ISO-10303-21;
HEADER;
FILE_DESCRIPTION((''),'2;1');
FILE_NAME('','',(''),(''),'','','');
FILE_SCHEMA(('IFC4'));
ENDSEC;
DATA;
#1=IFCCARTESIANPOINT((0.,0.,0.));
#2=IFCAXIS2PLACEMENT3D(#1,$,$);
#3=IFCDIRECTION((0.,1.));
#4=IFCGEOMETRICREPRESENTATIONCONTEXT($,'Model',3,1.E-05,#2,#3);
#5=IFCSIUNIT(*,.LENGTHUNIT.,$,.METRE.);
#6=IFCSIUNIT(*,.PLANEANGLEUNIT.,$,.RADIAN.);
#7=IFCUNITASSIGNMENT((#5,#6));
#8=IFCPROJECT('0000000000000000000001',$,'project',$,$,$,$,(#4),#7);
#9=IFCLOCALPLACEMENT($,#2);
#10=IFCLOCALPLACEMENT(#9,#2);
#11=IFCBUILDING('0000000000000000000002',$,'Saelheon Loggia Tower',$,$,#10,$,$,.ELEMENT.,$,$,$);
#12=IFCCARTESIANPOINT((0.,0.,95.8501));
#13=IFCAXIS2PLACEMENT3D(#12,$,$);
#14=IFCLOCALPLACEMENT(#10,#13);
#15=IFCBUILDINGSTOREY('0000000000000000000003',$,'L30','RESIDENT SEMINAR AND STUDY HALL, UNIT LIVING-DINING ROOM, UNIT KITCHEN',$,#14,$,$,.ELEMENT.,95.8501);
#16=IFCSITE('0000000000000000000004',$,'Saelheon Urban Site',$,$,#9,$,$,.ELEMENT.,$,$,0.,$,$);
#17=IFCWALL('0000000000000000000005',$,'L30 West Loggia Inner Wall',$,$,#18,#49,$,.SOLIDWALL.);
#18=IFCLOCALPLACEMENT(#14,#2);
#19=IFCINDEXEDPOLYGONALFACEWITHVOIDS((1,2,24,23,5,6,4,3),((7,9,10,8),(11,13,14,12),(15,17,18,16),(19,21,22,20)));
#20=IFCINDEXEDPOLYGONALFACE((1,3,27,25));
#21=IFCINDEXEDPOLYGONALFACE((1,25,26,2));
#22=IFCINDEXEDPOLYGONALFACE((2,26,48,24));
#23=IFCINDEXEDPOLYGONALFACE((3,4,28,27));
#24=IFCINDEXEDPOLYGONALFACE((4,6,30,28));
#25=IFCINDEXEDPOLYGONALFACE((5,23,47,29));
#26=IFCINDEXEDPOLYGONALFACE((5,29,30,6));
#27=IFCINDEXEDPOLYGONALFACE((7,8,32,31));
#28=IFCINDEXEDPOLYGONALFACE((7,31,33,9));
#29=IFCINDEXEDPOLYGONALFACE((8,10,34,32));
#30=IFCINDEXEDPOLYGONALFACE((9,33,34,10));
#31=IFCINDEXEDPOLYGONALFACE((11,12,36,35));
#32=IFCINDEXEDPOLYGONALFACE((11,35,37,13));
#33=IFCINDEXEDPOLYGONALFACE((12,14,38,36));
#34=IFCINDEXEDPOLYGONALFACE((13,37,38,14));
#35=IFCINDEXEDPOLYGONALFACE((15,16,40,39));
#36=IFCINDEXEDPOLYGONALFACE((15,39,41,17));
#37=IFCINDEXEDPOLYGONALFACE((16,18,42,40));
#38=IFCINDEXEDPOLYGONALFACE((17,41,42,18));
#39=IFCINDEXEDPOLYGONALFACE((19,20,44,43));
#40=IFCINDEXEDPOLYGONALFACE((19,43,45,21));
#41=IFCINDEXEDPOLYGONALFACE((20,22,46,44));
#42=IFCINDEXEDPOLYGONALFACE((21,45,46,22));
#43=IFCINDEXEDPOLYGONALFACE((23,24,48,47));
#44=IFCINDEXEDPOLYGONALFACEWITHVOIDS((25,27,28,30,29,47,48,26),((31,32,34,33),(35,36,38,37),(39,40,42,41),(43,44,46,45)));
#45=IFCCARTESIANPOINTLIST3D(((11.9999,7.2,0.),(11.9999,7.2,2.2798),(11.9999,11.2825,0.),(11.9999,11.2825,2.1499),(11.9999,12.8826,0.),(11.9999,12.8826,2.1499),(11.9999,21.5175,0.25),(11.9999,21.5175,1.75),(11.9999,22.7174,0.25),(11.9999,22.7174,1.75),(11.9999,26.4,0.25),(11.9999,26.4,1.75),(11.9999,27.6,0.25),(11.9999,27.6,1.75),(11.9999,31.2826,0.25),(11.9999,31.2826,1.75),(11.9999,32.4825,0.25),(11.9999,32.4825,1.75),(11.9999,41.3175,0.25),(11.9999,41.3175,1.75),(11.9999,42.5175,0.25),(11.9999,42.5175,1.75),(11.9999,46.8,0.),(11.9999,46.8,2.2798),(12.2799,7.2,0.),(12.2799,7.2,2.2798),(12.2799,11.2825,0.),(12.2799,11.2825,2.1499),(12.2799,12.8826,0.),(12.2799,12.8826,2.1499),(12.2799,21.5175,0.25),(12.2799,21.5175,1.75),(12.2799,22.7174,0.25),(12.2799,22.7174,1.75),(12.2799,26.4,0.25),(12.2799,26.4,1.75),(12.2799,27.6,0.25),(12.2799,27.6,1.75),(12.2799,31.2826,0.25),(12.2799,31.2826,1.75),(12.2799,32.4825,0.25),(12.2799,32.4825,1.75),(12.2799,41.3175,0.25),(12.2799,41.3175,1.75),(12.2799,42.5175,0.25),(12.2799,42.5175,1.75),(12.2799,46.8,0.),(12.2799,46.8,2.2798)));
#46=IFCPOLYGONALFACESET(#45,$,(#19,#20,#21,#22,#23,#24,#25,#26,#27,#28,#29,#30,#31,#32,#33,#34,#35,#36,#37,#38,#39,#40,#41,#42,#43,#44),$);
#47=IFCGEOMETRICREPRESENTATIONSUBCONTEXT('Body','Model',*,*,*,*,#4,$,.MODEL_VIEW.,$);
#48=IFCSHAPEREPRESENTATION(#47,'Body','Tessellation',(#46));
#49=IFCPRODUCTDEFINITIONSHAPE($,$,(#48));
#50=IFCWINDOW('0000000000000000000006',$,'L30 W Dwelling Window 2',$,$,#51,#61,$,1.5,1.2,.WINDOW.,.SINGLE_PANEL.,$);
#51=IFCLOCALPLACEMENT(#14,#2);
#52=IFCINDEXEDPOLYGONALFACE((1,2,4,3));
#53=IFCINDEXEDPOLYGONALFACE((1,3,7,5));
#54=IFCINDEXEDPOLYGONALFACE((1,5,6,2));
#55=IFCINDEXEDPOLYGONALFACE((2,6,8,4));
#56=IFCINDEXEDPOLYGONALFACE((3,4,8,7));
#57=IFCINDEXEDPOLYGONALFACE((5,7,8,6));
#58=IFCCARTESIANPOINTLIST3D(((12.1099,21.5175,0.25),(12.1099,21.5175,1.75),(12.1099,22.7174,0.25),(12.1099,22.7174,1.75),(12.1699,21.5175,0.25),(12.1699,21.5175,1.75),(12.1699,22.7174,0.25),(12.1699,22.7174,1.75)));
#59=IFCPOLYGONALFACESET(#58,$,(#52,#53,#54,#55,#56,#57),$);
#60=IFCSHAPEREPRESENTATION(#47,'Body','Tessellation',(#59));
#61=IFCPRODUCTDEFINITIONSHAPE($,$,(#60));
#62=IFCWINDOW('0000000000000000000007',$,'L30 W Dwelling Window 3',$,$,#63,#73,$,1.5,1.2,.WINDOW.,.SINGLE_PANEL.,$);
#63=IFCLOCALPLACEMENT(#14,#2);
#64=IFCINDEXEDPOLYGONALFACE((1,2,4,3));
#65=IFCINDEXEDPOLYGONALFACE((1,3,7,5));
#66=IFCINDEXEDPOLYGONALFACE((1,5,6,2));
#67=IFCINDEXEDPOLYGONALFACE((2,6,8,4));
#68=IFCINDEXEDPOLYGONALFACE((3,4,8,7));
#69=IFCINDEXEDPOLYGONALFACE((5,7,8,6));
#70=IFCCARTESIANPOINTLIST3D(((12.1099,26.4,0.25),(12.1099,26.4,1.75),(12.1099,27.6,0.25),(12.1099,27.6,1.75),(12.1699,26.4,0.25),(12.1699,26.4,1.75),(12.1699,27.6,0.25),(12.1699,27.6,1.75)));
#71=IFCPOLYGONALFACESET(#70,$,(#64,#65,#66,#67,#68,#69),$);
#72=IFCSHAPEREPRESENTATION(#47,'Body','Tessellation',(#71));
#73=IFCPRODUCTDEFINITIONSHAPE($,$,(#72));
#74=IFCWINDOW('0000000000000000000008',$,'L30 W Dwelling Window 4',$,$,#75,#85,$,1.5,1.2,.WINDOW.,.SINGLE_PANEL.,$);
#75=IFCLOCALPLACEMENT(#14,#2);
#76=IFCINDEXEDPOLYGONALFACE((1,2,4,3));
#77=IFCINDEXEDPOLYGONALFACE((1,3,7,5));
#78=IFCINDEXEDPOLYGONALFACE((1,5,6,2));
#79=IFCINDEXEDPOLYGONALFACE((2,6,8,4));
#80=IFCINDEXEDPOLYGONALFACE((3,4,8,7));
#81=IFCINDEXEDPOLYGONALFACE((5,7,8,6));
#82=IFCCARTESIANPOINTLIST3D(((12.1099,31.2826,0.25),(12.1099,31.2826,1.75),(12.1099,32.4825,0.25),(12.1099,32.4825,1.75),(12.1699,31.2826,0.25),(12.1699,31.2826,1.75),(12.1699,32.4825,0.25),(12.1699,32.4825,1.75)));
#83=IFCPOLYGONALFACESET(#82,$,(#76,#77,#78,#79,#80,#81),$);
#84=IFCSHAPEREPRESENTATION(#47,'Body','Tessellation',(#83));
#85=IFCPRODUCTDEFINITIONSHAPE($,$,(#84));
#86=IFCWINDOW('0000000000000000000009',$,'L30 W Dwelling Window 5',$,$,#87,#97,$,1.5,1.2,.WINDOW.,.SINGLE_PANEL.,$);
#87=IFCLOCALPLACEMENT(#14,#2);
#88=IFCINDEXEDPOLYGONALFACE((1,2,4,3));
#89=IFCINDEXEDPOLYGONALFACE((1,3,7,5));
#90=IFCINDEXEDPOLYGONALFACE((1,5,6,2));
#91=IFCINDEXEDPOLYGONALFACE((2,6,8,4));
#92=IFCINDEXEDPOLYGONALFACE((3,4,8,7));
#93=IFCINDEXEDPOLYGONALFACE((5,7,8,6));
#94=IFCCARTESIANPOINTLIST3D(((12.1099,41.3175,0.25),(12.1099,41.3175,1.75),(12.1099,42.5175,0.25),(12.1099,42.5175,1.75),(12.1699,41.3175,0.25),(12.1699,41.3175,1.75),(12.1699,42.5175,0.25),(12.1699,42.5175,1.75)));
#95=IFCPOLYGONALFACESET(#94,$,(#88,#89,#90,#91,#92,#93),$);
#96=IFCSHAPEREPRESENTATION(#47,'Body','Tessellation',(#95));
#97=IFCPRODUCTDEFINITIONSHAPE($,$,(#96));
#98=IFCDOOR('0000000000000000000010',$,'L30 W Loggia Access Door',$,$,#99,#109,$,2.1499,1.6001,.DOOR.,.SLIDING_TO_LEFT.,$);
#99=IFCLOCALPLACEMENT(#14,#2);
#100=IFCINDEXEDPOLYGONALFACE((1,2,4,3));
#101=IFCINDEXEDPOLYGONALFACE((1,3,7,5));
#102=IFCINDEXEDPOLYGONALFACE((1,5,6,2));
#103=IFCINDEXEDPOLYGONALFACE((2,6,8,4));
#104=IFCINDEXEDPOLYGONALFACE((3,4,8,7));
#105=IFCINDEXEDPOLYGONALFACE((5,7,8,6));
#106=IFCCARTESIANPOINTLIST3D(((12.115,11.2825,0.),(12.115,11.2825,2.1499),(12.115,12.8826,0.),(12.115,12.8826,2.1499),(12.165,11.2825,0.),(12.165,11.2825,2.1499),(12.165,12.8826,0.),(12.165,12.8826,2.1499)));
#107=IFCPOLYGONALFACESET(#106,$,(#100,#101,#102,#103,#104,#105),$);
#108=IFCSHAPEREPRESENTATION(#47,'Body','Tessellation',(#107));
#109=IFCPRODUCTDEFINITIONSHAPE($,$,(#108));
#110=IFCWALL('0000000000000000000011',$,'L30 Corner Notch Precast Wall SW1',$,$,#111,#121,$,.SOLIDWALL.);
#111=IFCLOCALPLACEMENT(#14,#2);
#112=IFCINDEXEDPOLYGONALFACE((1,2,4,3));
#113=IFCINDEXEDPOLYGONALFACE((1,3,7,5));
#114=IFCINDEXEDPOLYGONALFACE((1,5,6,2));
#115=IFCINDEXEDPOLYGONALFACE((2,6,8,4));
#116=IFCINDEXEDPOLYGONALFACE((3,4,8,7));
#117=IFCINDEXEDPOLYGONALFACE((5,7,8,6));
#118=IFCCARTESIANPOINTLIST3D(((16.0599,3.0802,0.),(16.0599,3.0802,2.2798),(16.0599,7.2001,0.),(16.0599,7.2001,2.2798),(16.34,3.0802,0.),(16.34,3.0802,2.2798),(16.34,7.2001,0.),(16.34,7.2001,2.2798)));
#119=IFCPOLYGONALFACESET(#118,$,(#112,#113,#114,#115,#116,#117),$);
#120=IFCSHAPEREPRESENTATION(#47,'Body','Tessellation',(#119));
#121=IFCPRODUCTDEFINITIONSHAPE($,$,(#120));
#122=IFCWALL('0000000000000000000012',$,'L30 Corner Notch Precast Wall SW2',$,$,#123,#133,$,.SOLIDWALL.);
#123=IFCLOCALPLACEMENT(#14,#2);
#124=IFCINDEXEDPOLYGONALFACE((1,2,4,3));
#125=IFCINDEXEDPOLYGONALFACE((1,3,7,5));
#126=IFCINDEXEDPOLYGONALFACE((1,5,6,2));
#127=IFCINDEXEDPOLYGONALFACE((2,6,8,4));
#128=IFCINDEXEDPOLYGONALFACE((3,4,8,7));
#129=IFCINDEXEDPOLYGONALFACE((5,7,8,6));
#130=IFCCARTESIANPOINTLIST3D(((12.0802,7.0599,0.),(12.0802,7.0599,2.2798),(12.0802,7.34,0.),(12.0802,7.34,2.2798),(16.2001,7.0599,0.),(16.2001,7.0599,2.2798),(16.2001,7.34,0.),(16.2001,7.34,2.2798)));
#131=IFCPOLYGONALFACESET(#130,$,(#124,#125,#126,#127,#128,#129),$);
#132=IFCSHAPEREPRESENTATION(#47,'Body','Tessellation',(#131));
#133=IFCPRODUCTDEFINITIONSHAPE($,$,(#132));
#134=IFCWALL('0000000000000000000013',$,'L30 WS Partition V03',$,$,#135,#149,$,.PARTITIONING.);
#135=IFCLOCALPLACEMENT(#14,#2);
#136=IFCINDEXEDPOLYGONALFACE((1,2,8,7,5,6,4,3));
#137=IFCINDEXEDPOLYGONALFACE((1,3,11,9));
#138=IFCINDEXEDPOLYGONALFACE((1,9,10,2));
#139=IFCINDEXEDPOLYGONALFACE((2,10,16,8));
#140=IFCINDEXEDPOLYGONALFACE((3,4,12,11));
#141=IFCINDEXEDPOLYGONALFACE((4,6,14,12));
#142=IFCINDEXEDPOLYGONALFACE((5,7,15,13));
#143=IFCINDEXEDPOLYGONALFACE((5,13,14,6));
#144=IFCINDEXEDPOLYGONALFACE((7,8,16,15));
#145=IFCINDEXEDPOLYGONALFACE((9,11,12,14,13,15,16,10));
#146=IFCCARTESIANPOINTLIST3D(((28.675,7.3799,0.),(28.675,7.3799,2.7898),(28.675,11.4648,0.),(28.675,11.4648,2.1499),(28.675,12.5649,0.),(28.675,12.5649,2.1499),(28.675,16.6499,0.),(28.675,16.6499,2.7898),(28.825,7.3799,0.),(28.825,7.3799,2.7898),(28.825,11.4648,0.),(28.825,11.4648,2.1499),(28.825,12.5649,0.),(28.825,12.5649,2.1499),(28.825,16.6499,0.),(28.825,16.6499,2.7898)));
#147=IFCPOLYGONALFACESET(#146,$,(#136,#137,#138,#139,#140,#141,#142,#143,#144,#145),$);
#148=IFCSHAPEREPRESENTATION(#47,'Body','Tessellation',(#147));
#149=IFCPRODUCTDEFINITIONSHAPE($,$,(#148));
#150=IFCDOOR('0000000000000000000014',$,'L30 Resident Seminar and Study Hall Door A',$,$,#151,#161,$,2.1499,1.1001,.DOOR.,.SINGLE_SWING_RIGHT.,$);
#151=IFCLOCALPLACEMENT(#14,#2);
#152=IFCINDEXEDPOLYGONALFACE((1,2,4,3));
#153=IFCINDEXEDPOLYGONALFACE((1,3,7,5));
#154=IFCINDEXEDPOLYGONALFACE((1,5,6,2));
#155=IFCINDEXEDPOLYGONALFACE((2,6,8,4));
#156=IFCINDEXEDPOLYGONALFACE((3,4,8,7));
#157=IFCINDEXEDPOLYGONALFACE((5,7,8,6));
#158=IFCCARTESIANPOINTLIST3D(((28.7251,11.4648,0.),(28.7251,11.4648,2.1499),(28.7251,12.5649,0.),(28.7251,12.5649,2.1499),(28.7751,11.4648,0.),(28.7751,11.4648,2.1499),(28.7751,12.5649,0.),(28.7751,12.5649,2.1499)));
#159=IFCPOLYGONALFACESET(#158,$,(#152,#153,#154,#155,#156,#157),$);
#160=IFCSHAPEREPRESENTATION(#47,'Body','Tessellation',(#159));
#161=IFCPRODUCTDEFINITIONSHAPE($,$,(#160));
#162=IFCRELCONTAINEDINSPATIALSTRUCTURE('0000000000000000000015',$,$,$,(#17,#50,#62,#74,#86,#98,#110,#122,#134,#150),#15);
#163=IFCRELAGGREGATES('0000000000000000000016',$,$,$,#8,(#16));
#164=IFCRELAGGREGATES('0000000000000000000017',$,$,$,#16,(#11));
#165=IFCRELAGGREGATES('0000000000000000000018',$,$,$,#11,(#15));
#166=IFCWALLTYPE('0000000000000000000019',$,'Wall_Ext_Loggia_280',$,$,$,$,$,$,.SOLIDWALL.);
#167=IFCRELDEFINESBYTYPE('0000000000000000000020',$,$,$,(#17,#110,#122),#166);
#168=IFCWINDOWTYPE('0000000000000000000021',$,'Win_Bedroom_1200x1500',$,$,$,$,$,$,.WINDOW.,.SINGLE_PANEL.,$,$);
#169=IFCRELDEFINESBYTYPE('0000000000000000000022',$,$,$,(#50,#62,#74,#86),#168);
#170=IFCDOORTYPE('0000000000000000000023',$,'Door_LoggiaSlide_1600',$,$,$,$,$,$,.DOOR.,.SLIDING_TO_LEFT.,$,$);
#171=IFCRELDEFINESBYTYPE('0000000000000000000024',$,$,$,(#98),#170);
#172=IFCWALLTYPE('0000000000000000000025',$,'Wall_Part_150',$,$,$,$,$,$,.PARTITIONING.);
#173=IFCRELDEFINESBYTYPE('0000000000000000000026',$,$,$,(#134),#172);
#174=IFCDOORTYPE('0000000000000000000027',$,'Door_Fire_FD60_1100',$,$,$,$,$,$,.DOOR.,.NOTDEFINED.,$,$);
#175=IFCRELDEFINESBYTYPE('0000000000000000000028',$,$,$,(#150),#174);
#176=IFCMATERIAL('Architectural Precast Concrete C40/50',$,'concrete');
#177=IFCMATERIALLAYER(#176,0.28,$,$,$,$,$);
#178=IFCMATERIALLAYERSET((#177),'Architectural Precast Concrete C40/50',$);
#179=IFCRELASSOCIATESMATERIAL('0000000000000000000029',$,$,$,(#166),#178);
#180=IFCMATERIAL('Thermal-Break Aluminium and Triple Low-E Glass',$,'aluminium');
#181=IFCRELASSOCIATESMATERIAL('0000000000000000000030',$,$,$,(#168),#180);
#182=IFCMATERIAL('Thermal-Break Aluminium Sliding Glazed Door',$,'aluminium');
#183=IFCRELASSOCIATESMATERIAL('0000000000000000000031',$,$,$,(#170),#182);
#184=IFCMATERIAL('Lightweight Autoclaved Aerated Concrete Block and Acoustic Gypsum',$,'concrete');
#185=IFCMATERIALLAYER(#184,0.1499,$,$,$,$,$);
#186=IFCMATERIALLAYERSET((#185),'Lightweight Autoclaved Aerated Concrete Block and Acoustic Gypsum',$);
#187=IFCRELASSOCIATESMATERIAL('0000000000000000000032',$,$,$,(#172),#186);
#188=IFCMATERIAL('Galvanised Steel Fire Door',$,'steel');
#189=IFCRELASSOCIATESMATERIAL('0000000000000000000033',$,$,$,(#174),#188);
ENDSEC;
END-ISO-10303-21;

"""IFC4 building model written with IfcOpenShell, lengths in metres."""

from ifc_helpers import new_model, si_unit, direction, frame, frame_2d, origin, place, context, subcontext, project, spatial, rectangle, extrude, source, transform, mapped, material, layer, layer_set, type_object, element, fill, save


model = new_model("IFC4")

# Units and contexts
model_context = context("Model", 3, precision=1e-05, world=origin(), true_north=direction((0.0, 1.0)))
body_context = subcontext(model_context, "Body", "Model", "MODEL_VIEW")
ifc_project = project(units=[si_unit("LENGTHUNIT", "METRE"), si_unit("PLANEANGLEUNIT", "RADIAN")], contexts=[model_context])

# Site, building, storey
site_placement = place(None, origin())
site = spatial("IfcSite", under=ifc_project, at=site_placement, Name="Saelheon Urban Site", CompositionType="ELEMENT", RefElevation=0.0)
building_placement = place(site_placement, origin())
building = spatial("IfcBuilding", under=site, at=building_placement, Name="Saelheon Loggia Tower", CompositionType="ELEMENT")
storey_placement = place(building_placement, frame((0.0, 0.0, 95.8501)))
storey = spatial("IfcBuildingStorey", under=building, at=storey_placement, Name="L30", Description="RESIDENT SEMINAR AND STUDY HALL, UNIT LIVING-DINING ROOM, UNIT KITCHEN", CompositionType="ELEMENT", Elevation=95.8501)

# Wall, openings, windows, door
ifc_material_1 = material(Name="Architectural Precast Concrete C40/50", Category="concrete")
ifc_layer_1 = layer(ifc_material_1, 0.28)
ifc_layer_set_1 = layer_set([ifc_layer_1], Name="Architectural Precast Concrete C40/50")
wall_type_1 = type_object("IfcWallType", Name="Wall_Ext_Loggia_280", PredefinedType="SOLIDWALL", material=ifc_layer_set_1)
ifc_material_2 = material(Name="Thermal-Break Aluminium and Triple Low-E Glass", Category="aluminium")
window_type = type_object("IfcWindowType", Name="Win_Bedroom_1200x1500", PartitioningType="SINGLE_PANEL", PredefinedType="WINDOW", material=ifc_material_2)
shared_shape_1 = source(origin(), body_context, "Body", "SweptSolid", [
    extrude(rectangle(XDim=1.2, YDim=1.5, at=frame_2d((0.6001, 0.75))), frame((0.0, 0.03, 0.0), z_axis=(0.0, -1.0, 0.0), x_axis=(1.0, 0.0, 0.0)), (0.0, 0.0, 1.0), 0.0601),
])
shared_shape_2 = source(origin(), body_context, "Body", "SweptSolid", [
    extrude(rectangle(XDim=1.1001, YDim=2.1499, at=frame_2d((0.55, 1.075))), frame((0.0, 0.0249, 0.0), z_axis=(0.0, -1.0, 0.0), x_axis=(1.0, 0.0, 0.0)), (0.0, 0.0, 1.0), 0.05),
])
wall_1_placement = place(storey_placement, frame((12.1399, 7.2, 0.0), z_axis=(0.0, 0.0, 1.0), x_axis=(0.0, 1.0, 0.0)))
wall_1 = element("IfcWall", 1, at=wall_1_placement, inside=storey, type_object=wall_type_1, Name="L30 West Loggia Inner Wall", PredefinedType="SOLIDWALL", context=body_context, shape_type="SweptSolid", body=[
    extrude(rectangle(XDim=39.6001, YDim=0.28, at=frame_2d((19.8, 0.0))), origin(), (0.0, 0.0, 1.0), 2.2798),
])
opening_1_placement = place(wall_1_placement, frame((4.0825, 0.0, 0.0)))
opening_1 = element("IfcOpeningElement", 2, at=opening_1_placement, cuts=wall_1, PredefinedType="OPENING", context=body_context, shape_type="SweptSolid", body=[
    extrude(rectangle(XDim=1.6001, YDim=2.1499, at=frame_2d((0.8, 1.075))), frame((0.0, 0.1521, 0.0), z_axis=(0.0, -1.0, 0.0), x_axis=(1.0, 0.0, 0.0)), (0.0, 0.0, 1.0), 0.304),
])
opening_2_placement = place(wall_1_placement, frame((14.3174, 0.0, 0.25)))
opening_2 = element("IfcOpeningElement", 3, at=opening_2_placement, cuts=wall_1, PredefinedType="OPENING", context=body_context, shape_type="SweptSolid", body=[
    extrude(rectangle(XDim=1.2, YDim=1.5, at=frame_2d((0.6001, 0.75))), frame((0.0, 0.1521, 0.0), z_axis=(0.0, -1.0, 0.0), x_axis=(1.0, 0.0, 0.0)), (0.0, 0.0, 1.0), 0.304),
])
opening_3_placement = place(wall_1_placement, frame((19.2, 0.0, 0.25)))
opening_3 = element("IfcOpeningElement", 4, at=opening_3_placement, cuts=wall_1, PredefinedType="OPENING", context=body_context, shape_type="SweptSolid", body=[
    extrude(rectangle(XDim=1.2, YDim=1.5, at=frame_2d((0.6001, 0.75))), frame((0.0, 0.1521, 0.0), z_axis=(0.0, -1.0, 0.0), x_axis=(1.0, 0.0, 0.0)), (0.0, 0.0, 1.0), 0.304),
])
opening_4_placement = place(wall_1_placement, frame((24.0825, 0.0, 0.25)))
opening_4 = element("IfcOpeningElement", 5, at=opening_4_placement, cuts=wall_1, PredefinedType="OPENING", context=body_context, shape_type="SweptSolid", body=[
    extrude(rectangle(XDim=1.2, YDim=1.5, at=frame_2d((0.6001, 0.75))), frame((0.0, 0.1521, 0.0), z_axis=(0.0, -1.0, 0.0), x_axis=(1.0, 0.0, 0.0)), (0.0, 0.0, 1.0), 0.304),
])
opening_5_placement = place(wall_1_placement, frame((34.1174, 0.0, 0.25)))
opening_5 = element("IfcOpeningElement", 6, at=opening_5_placement, cuts=wall_1, PredefinedType="OPENING", context=body_context, shape_type="SweptSolid", body=[
    extrude(rectangle(XDim=1.2, YDim=1.5, at=frame_2d((0.6001, 0.75))), frame((0.0, 0.1521, 0.0), z_axis=(0.0, -1.0, 0.0), x_axis=(1.0, 0.0, 0.0)), (0.0, 0.0, 1.0), 0.304),
])
window_1_placement = place(opening_2_placement, origin())
window_1 = element("IfcWindow", 7, at=window_1_placement, inside=storey, type_object=window_type, Name="L30 W Dwelling Window 2", OverallHeight=1.5, OverallWidth=1.2, PartitioningType="SINGLE_PANEL", PredefinedType="WINDOW", context=body_context, shape_type="MappedRepresentation", body=[
    mapped(shared_shape_1, transform((0.0, 0.0, 0.0), scale=1.0)),
])
fill(opening_2, window_1)
window_2_placement = place(opening_3_placement, origin())
window_2 = element("IfcWindow", 8, at=window_2_placement, inside=storey, type_object=window_type, Name="L30 W Dwelling Window 3", OverallHeight=1.5, OverallWidth=1.2, PartitioningType="SINGLE_PANEL", PredefinedType="WINDOW", context=body_context, shape_type="MappedRepresentation", body=[
    mapped(shared_shape_1, transform((0.0, 0.0, 0.0), scale=1.0)),
])
fill(opening_3, window_2)
window_3_placement = place(opening_4_placement, origin())
window_3 = element("IfcWindow", 9, at=window_3_placement, inside=storey, type_object=window_type, Name="L30 W Dwelling Window 4", OverallHeight=1.5, OverallWidth=1.2, PartitioningType="SINGLE_PANEL", PredefinedType="WINDOW", context=body_context, shape_type="MappedRepresentation", body=[
    mapped(shared_shape_1, transform((0.0, 0.0, 0.0), scale=1.0)),
])
fill(opening_4, window_3)
window_4_placement = place(opening_5_placement, origin())
window_4 = element("IfcWindow", 10, at=window_4_placement, inside=storey, type_object=window_type, Name="L30 W Dwelling Window 5", OverallHeight=1.5, OverallWidth=1.2, PartitioningType="SINGLE_PANEL", PredefinedType="WINDOW", context=body_context, shape_type="MappedRepresentation", body=[
    mapped(shared_shape_1, transform((0.0, 0.0, 0.0), scale=1.0)),
])
fill(opening_5, window_4)
ifc_material_3 = material(Name="Thermal-Break Aluminium Sliding Glazed Door", Category="aluminium")
door_type_1 = type_object("IfcDoorType", Name="Door_LoggiaSlide_1600", OperationType="SLIDING_TO_LEFT", PredefinedType="DOOR", material=ifc_material_3)
shared_shape_3 = source(origin(), body_context, "Body", "SweptSolid", [
    extrude(rectangle(XDim=1.6001, YDim=2.1499, at=frame_2d((0.8, 1.075))), frame((0.0, 0.0249, 0.0), z_axis=(0.0, -1.0, 0.0), x_axis=(1.0, 0.0, 0.0)), (0.0, 0.0, 1.0), 0.05),
])
door_1_placement = place(opening_1_placement, origin())
door_1 = element("IfcDoor", 11, at=door_1_placement, inside=storey, type_object=door_type_1, Name="L30 W Loggia Access Door", OperationType="SLIDING_TO_LEFT", OverallHeight=2.1499, OverallWidth=1.6001, PredefinedType="DOOR", context=body_context, shape_type="MappedRepresentation", body=[
    mapped(shared_shape_3, transform((0.0, 0.0, 0.0), scale=1.0)),
])
fill(opening_1, door_1)

# Walls
for number, where, z_axis, x_axis, name in (
    (12, (16.2, 3.0801, 0.0), (0.0, 0.0, 1.0), (0.0, 1.0, 0.0), "L30 Corner Notch Precast Wall SW1"),
    (13, (12.0801, 7.2, 0.0), (0.0, 0.0, 1.0), (1.0, 0.0, 0.0), "L30 Corner Notch Precast Wall SW2"),
):
    element("IfcWall", number, at=place(storey_placement, frame(where, z_axis=z_axis, x_axis=x_axis)), inside=storey, type_object=wall_type_1, Name=name, PredefinedType="SOLIDWALL", context=body_context, shape_type="SweptSolid", body=[
        extrude(rectangle(XDim=4.1199, YDim=0.28, at=frame_2d((2.0601, 0.0))), origin(), (0.0, 0.0, 1.0), 2.2798),
    ])

# Wall, opening, door
ifc_material_4 = material(Name="Lightweight Autoclaved Aerated Concrete Block and Acoustic Gypsum", Category="concrete")
ifc_layer_2 = layer(ifc_material_4, 0.1499)
ifc_layer_set_2 = layer_set([ifc_layer_2], Name="Lightweight Autoclaved Aerated Concrete Block and Acoustic Gypsum")
wall_type_2 = type_object("IfcWallType", Name="Wall_Part_150", PredefinedType="PARTITIONING", material=ifc_layer_set_2)
wall_2_placement = place(storey_placement, frame((28.75, 7.3799, 0.0), z_axis=(0.0, 0.0, 1.0), x_axis=(0.0, 1.0, 0.0)))
wall_2 = element("IfcWall", 14, at=wall_2_placement, inside=storey, type_object=wall_type_2, Name="L30 WS Partition V03", PredefinedType="PARTITIONING", context=body_context, shape_type="SweptSolid", body=[
    extrude(rectangle(XDim=9.27, YDim=0.1499, at=frame_2d((4.635, 0.0))), origin(), (0.0, 0.0, 1.0), 2.7898),
])
opening_6_placement = place(wall_2_placement, frame((4.085, 0.0, 0.0)))
opening_6 = element("IfcOpeningElement", 15, at=opening_6_placement, cuts=wall_2, PredefinedType="OPENING", context=body_context, shape_type="SweptSolid", body=[
    extrude(rectangle(XDim=1.1001, YDim=2.1499, at=frame_2d((0.55, 1.075))), frame((0.0, 0.0869, 0.0), z_axis=(0.0, -1.0, 0.0), x_axis=(1.0, 0.0, 0.0)), (0.0, 0.0, 1.0), 0.1738),
])
ifc_material_5 = material(Name="Galvanised Steel Fire Door", Category="steel")
door_type_2 = type_object("IfcDoorType", Name="Door_Fire_FD60_1100", OperationType="NOTDEFINED", PredefinedType="DOOR", material=ifc_material_5)
door_2_placement = place(opening_6_placement, origin())
door_2 = element("IfcDoor", 16, at=door_2_placement, inside=storey, type_object=door_type_2, Name="L30 Resident Seminar and Study Hall Door A", OperationType="SINGLE_SWING_RIGHT", OverallHeight=2.1499, OverallWidth=1.1001, PredefinedType="DOOR", context=body_context, shape_type="MappedRepresentation", body=[
    mapped(shared_shape_2, transform((0.0, 0.0, 0.0), scale=1.0)),
])
fill(opening_6, door_2)

save(model, "model.ifc")
